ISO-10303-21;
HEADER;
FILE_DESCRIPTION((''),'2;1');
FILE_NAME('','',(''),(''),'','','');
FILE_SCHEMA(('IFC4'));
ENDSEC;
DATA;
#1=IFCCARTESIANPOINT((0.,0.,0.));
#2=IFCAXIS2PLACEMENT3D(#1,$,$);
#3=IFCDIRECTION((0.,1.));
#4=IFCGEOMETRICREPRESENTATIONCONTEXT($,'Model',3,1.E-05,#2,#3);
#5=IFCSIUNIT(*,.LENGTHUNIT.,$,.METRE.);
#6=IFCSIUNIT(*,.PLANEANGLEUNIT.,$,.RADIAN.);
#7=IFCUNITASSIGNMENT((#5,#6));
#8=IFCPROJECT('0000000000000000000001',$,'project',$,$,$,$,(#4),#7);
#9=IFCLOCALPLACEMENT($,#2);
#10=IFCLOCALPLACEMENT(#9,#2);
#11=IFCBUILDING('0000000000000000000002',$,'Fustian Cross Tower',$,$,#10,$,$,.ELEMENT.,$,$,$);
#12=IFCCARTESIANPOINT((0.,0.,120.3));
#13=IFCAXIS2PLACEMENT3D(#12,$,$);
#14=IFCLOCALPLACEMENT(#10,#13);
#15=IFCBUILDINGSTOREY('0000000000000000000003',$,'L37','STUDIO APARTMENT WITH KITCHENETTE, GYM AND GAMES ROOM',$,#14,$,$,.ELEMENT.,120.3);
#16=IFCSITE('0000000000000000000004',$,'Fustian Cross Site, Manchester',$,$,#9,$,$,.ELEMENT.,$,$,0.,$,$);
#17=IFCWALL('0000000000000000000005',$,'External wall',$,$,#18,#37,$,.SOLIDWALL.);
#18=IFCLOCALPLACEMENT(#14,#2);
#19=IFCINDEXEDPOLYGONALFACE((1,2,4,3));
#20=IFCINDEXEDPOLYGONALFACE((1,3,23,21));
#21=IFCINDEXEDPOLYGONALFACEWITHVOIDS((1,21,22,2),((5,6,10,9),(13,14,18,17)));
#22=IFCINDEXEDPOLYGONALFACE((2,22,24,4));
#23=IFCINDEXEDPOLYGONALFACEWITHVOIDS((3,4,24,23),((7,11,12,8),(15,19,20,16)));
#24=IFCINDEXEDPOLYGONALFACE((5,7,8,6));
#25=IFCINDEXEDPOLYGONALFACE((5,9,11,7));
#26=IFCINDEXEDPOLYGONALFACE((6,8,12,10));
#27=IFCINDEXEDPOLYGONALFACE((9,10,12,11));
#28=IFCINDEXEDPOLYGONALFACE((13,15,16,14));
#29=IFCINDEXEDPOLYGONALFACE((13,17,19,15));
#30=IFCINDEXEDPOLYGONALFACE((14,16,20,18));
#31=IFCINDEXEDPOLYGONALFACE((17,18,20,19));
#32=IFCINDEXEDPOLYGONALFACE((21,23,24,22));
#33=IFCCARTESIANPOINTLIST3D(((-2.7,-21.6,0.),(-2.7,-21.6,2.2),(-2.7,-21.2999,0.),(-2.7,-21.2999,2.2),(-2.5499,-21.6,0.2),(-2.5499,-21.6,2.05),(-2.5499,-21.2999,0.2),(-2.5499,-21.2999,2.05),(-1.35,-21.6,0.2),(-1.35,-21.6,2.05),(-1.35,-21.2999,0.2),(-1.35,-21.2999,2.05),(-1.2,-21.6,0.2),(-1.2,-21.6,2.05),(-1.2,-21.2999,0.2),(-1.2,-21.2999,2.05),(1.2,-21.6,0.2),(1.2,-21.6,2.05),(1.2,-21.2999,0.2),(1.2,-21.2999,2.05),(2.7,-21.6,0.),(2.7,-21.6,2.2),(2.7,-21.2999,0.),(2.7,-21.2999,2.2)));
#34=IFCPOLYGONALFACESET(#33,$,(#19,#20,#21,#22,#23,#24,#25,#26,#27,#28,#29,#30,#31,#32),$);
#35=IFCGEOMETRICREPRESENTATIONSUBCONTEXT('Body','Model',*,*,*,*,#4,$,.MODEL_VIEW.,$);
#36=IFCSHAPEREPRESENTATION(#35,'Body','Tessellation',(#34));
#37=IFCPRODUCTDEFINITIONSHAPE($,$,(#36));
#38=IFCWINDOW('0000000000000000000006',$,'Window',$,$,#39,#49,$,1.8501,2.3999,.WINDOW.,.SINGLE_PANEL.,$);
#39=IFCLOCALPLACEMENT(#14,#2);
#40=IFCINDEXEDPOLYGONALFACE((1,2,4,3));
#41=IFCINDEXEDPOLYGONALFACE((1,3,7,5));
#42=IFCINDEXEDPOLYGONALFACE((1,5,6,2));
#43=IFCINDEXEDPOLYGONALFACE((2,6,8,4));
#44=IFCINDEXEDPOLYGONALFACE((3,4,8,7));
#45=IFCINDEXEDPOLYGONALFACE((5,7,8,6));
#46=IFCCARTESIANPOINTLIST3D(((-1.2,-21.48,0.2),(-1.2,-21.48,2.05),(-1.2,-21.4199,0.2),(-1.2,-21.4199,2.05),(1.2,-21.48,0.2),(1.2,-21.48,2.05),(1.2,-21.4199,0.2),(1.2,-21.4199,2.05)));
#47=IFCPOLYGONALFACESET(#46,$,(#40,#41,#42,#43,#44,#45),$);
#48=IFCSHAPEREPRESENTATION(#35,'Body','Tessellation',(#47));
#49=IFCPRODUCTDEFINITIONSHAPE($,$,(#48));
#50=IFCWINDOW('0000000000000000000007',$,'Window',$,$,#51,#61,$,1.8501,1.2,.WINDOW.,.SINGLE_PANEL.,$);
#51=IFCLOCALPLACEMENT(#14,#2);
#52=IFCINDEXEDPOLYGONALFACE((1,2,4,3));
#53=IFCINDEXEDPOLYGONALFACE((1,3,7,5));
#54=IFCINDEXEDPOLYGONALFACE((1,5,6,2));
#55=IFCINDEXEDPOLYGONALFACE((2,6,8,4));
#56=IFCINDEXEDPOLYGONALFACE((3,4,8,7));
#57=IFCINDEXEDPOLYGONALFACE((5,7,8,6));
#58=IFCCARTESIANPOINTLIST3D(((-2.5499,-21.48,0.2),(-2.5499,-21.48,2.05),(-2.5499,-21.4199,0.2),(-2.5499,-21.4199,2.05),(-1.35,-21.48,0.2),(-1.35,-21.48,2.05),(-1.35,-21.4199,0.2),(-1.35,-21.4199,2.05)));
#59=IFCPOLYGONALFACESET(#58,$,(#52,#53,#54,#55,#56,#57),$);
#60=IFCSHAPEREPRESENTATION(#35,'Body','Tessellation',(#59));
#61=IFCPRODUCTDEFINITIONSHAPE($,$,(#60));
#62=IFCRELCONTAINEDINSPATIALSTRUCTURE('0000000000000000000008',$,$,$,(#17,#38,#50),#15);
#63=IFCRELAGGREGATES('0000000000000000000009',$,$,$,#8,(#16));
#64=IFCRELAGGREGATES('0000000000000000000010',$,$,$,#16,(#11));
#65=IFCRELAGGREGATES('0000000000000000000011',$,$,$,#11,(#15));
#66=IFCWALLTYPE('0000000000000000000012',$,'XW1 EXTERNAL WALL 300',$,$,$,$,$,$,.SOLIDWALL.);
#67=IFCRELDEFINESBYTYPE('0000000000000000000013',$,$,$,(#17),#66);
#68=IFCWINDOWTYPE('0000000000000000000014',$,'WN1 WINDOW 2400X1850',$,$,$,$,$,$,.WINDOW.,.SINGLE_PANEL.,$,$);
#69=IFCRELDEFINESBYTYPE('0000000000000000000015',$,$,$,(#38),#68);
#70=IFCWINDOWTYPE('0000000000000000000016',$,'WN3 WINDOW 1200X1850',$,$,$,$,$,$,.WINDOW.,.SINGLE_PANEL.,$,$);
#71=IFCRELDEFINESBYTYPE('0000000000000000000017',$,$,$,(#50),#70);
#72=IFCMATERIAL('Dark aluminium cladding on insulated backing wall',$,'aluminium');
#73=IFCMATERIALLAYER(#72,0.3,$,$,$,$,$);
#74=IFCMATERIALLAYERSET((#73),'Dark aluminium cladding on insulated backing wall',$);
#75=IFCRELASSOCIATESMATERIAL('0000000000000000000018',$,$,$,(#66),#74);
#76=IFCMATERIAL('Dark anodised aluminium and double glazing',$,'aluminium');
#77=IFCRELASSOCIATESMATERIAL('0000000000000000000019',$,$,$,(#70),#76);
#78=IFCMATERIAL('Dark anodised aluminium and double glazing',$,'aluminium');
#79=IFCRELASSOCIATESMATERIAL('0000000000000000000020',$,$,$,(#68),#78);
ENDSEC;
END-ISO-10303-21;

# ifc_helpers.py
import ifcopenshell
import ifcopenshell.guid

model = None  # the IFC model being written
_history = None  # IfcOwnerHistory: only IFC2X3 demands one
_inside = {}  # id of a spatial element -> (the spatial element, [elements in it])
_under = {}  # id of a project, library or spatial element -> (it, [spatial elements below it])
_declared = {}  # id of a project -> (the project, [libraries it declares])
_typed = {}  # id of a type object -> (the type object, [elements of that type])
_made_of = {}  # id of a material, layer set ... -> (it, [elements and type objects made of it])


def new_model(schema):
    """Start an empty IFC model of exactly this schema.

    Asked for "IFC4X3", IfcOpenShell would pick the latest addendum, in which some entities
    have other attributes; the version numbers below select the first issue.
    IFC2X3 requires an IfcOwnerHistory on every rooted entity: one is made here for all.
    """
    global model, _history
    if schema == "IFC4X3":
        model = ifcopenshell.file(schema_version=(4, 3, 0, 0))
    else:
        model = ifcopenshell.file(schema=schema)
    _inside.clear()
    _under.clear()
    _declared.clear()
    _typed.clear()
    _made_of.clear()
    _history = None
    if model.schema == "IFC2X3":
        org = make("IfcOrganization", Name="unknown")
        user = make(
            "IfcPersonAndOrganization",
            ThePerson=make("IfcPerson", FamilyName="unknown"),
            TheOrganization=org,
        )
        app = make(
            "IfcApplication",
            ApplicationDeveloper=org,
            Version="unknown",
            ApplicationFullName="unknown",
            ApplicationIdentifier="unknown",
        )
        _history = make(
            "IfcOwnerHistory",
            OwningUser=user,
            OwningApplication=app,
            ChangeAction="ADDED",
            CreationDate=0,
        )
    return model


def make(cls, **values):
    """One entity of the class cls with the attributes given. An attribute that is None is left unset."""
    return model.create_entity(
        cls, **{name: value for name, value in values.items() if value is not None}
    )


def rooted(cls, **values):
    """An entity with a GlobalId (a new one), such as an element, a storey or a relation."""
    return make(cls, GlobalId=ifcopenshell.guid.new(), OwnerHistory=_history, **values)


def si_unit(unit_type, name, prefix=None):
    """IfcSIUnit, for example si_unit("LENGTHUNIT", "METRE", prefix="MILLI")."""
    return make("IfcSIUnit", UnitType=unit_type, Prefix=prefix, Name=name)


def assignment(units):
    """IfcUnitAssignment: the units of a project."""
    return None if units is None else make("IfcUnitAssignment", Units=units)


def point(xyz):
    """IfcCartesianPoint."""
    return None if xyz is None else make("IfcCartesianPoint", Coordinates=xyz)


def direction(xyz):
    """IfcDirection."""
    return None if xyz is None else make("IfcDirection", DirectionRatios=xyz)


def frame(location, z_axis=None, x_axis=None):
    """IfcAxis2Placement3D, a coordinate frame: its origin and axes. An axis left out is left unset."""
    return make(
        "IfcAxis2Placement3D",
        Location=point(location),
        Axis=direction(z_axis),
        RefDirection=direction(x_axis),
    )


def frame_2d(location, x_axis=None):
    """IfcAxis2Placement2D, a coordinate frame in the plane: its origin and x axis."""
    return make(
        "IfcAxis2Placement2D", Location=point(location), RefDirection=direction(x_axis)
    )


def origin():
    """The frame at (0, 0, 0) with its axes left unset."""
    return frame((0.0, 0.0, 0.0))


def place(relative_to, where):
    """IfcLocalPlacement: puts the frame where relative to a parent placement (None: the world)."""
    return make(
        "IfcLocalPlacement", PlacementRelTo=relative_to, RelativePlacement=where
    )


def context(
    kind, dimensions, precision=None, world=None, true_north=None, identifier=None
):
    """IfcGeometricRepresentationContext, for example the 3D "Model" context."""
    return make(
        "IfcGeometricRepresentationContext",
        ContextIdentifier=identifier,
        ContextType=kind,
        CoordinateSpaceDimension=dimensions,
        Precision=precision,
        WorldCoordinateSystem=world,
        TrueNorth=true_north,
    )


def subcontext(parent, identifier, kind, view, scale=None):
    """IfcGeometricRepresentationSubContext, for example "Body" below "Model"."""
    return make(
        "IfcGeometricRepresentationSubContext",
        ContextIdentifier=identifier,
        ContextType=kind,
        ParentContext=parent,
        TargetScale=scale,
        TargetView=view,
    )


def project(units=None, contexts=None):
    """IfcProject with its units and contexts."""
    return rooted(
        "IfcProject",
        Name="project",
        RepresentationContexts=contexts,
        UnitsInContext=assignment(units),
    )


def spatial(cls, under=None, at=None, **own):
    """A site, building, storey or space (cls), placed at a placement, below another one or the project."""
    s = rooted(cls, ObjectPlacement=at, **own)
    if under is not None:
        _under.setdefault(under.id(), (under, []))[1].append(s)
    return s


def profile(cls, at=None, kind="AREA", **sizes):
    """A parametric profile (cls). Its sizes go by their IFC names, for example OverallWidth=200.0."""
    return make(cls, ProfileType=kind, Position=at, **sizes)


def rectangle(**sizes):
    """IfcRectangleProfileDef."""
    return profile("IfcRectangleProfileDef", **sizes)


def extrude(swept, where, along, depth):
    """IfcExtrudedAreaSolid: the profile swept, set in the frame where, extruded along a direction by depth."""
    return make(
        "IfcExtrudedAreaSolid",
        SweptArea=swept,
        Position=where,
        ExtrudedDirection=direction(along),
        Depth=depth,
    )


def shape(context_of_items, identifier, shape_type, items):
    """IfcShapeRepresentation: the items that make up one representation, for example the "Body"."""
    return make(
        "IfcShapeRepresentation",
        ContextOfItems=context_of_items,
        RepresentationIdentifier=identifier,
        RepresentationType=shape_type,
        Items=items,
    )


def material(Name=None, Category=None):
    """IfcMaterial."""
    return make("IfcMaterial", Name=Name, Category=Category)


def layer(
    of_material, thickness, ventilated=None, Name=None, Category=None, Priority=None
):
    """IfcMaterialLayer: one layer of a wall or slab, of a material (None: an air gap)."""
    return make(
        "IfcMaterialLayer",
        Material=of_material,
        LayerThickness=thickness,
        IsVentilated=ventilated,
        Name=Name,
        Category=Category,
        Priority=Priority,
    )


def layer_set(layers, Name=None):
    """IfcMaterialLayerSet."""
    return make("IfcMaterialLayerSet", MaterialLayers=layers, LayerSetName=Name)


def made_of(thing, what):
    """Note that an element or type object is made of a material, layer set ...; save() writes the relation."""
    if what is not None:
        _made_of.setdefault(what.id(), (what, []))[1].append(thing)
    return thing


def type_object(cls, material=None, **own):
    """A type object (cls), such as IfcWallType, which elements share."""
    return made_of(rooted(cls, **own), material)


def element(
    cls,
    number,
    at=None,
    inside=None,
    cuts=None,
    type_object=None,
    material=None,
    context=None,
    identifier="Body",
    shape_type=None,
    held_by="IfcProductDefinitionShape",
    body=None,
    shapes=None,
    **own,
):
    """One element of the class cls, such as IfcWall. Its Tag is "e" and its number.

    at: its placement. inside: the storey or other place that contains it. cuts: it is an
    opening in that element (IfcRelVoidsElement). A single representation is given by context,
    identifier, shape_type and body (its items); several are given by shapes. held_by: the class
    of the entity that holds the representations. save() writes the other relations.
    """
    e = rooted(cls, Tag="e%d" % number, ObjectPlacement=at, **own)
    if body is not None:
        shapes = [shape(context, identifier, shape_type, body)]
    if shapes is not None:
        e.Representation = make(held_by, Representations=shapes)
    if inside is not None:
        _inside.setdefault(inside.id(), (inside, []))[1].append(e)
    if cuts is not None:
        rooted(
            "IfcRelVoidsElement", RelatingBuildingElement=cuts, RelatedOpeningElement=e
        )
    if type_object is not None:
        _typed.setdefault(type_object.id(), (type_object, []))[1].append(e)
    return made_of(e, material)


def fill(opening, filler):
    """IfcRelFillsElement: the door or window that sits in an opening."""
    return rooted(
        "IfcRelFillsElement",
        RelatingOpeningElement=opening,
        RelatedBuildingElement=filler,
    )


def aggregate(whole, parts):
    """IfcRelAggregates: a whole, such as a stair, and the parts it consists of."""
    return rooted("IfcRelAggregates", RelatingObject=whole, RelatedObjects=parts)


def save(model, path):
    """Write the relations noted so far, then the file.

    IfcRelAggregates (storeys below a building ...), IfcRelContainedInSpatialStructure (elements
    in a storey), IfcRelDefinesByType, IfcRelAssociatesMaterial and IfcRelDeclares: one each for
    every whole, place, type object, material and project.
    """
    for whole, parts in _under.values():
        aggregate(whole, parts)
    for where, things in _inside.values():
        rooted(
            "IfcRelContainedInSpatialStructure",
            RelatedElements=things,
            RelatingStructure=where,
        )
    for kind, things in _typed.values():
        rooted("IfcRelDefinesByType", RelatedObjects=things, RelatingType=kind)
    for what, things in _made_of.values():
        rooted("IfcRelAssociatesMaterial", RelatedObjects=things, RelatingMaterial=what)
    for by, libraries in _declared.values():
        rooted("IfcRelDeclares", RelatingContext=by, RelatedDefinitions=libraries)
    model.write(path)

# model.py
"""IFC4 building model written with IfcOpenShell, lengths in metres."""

from ifc_helpers import new_model, si_unit, direction, frame, frame_2d, origin, place, context, subcontext, project, spatial, rectangle, extrude, material, layer, layer_set, type_object, element, fill, save


model = new_model("IFC4")

# Units and contexts
model_context = context("Model", 3, precision=1e-05, world=origin(), true_north=direction((0.0, 1.0)))
body_context = subcontext(model_context, "Body", "Model", "MODEL_VIEW")
ifc_project = project(units=[si_unit("LENGTHUNIT", "METRE"), si_unit("PLANEANGLEUNIT", "RADIAN")], contexts=[model_context])

# Site, building, storey
site_placement = place(None, origin())
site = spatial("IfcSite", under=ifc_project, at=site_placement, Name="Fustian Cross Site, Manchester", CompositionType="ELEMENT", RefElevation=0.0)
building_placement = place(site_placement, origin())
building = spatial("IfcBuilding", under=site, at=building_placement, Name="Fustian Cross Tower", CompositionType="ELEMENT")
storey_placement = place(building_placement, frame((0.0, 0.0, 120.3)))
storey = spatial("IfcBuildingStorey", under=building, at=storey_placement, Name="L37", Description="STUDIO APARTMENT WITH KITCHENETTE, GYM AND GAMES ROOM", CompositionType="ELEMENT", Elevation=120.3)

# Shared definitions
ifc_material_1 = material(Name="Dark aluminium cladding on insulated backing wall", Category="aluminium")
ifc_layer_1 = layer(ifc_material_1, 0.3)
ifc_layer_set_1 = layer_set([ifc_layer_1], Name="Dark aluminium cladding on insulated backing wall")
wall_type_1 = type_object("IfcWallType", Name="XW1 EXTERNAL WALL 300", PredefinedType="SOLIDWALL", material=ifc_layer_set_1)

# Shared definitions
ifc_material_2 = material(Name="Dark anodised aluminium and double glazing", Category="aluminium")
window_type_1 = type_object("IfcWindowType", Name="WN3 WINDOW 1200X1850", PartitioningType="SINGLE_PANEL", PredefinedType="WINDOW", material=ifc_material_2)

# Wall, openings, windows
wall_1_placement = place(storey_placement, frame((-2.7, -21.45, 0.0), z_axis=(0.0, 0.0, 1.0), x_axis=(1.0, 0.0, 0.0)))
wall_1 = element("IfcWall", 1, at=wall_1_placement, inside=storey, type_object=wall_type_1, Name="External wall", PredefinedType="SOLIDWALL", context=body_context, shape_type="SweptSolid", body=[
    extrude(rectangle(XDim=5.3999, YDim=0.3, at=frame_2d((2.7, 0.0))), origin(), (0.0, 0.0, 1.0), 2.2),
])
opening_1_placement = place(wall_1_placement, frame((1.5, 0.0, 0.2)))
opening_1 = element("IfcOpeningElement", 2, at=opening_1_placement, cuts=wall_1, PredefinedType="OPENING", context=body_context, shape_type="SweptSolid", body=[
    extrude(rectangle(XDim=2.3999, YDim=1.8501, at=frame_2d((1.2, 0.925))), frame((0.0, 0.1599, 0.0), z_axis=(0.0, -1.0, 0.0), x_axis=(1.0, 0.0, 0.0)), (0.0, 0.0, 1.0), 0.3201),
])
opening_2_placement = place(wall_1_placement, frame((0.1499, 0.0, 0.2)))
opening_2 = element("IfcOpeningElement", 3, at=opening_2_placement, cuts=wall_1, PredefinedType="OPENING", context=body_context, shape_type="SweptSolid", body=[
    extrude(rectangle(XDim=1.2, YDim=1.8501, at=frame_2d((0.6001, 0.925))), frame((0.0, 0.1599, 0.0), z_axis=(0.0, -1.0, 0.0), x_axis=(1.0, 0.0, 0.0)), (0.0, 0.0, 1.0), 0.3201),
])
ifc_material_3 = material(Name="Dark anodised aluminium and double glazing", Category="aluminium")
window_type_2 = type_object("IfcWindowType", Name="WN1 WINDOW 2400X1850", PartitioningType="SINGLE_PANEL", PredefinedType="WINDOW", material=ifc_material_3)
window_1_placement = place(opening_1_placement, origin())
window_1 = element("IfcWindow", 4, at=window_1_placement, inside=storey, type_object=window_type_2, Name="Window", OverallHeight=1.8501, OverallWidth=2.3999, PartitioningType="SINGLE_PANEL", PredefinedType="WINDOW", context=body_context, shape_type="SweptSolid", body=[
    extrude(rectangle(XDim=2.3999, YDim=1.8501, at=frame_2d((1.2, 0.925))), frame((0.0, 0.03, 0.0), z_axis=(0.0, -1.0, 0.0), x_axis=(1.0, 0.0, 0.0)), (0.0, 0.0, 1.0), 0.0601),
])
fill(opening_1, window_1)
window_2_placement = place(opening_2_placement, origin())
window_2 = element("IfcWindow", 5, at=window_2_placement, inside=storey, type_object=window_type_1, Name="Window", OverallHeight=1.8501, OverallWidth=1.2, PartitioningType="SINGLE_PANEL", PredefinedType="WINDOW", context=body_context, shape_type="SweptSolid", body=[
    extrude(rectangle(XDim=1.2, YDim=1.8501, at=frame_2d((0.6001, 0.925))), frame((0.0, 0.03, 0.0), z_axis=(0.0, -1.0, 0.0), x_axis=(1.0, 0.0, 0.0)), (0.0, 0.0, 1.0), 0.0601),
])
fill(opening_2, window_2)

save(model, "model.ifc")
